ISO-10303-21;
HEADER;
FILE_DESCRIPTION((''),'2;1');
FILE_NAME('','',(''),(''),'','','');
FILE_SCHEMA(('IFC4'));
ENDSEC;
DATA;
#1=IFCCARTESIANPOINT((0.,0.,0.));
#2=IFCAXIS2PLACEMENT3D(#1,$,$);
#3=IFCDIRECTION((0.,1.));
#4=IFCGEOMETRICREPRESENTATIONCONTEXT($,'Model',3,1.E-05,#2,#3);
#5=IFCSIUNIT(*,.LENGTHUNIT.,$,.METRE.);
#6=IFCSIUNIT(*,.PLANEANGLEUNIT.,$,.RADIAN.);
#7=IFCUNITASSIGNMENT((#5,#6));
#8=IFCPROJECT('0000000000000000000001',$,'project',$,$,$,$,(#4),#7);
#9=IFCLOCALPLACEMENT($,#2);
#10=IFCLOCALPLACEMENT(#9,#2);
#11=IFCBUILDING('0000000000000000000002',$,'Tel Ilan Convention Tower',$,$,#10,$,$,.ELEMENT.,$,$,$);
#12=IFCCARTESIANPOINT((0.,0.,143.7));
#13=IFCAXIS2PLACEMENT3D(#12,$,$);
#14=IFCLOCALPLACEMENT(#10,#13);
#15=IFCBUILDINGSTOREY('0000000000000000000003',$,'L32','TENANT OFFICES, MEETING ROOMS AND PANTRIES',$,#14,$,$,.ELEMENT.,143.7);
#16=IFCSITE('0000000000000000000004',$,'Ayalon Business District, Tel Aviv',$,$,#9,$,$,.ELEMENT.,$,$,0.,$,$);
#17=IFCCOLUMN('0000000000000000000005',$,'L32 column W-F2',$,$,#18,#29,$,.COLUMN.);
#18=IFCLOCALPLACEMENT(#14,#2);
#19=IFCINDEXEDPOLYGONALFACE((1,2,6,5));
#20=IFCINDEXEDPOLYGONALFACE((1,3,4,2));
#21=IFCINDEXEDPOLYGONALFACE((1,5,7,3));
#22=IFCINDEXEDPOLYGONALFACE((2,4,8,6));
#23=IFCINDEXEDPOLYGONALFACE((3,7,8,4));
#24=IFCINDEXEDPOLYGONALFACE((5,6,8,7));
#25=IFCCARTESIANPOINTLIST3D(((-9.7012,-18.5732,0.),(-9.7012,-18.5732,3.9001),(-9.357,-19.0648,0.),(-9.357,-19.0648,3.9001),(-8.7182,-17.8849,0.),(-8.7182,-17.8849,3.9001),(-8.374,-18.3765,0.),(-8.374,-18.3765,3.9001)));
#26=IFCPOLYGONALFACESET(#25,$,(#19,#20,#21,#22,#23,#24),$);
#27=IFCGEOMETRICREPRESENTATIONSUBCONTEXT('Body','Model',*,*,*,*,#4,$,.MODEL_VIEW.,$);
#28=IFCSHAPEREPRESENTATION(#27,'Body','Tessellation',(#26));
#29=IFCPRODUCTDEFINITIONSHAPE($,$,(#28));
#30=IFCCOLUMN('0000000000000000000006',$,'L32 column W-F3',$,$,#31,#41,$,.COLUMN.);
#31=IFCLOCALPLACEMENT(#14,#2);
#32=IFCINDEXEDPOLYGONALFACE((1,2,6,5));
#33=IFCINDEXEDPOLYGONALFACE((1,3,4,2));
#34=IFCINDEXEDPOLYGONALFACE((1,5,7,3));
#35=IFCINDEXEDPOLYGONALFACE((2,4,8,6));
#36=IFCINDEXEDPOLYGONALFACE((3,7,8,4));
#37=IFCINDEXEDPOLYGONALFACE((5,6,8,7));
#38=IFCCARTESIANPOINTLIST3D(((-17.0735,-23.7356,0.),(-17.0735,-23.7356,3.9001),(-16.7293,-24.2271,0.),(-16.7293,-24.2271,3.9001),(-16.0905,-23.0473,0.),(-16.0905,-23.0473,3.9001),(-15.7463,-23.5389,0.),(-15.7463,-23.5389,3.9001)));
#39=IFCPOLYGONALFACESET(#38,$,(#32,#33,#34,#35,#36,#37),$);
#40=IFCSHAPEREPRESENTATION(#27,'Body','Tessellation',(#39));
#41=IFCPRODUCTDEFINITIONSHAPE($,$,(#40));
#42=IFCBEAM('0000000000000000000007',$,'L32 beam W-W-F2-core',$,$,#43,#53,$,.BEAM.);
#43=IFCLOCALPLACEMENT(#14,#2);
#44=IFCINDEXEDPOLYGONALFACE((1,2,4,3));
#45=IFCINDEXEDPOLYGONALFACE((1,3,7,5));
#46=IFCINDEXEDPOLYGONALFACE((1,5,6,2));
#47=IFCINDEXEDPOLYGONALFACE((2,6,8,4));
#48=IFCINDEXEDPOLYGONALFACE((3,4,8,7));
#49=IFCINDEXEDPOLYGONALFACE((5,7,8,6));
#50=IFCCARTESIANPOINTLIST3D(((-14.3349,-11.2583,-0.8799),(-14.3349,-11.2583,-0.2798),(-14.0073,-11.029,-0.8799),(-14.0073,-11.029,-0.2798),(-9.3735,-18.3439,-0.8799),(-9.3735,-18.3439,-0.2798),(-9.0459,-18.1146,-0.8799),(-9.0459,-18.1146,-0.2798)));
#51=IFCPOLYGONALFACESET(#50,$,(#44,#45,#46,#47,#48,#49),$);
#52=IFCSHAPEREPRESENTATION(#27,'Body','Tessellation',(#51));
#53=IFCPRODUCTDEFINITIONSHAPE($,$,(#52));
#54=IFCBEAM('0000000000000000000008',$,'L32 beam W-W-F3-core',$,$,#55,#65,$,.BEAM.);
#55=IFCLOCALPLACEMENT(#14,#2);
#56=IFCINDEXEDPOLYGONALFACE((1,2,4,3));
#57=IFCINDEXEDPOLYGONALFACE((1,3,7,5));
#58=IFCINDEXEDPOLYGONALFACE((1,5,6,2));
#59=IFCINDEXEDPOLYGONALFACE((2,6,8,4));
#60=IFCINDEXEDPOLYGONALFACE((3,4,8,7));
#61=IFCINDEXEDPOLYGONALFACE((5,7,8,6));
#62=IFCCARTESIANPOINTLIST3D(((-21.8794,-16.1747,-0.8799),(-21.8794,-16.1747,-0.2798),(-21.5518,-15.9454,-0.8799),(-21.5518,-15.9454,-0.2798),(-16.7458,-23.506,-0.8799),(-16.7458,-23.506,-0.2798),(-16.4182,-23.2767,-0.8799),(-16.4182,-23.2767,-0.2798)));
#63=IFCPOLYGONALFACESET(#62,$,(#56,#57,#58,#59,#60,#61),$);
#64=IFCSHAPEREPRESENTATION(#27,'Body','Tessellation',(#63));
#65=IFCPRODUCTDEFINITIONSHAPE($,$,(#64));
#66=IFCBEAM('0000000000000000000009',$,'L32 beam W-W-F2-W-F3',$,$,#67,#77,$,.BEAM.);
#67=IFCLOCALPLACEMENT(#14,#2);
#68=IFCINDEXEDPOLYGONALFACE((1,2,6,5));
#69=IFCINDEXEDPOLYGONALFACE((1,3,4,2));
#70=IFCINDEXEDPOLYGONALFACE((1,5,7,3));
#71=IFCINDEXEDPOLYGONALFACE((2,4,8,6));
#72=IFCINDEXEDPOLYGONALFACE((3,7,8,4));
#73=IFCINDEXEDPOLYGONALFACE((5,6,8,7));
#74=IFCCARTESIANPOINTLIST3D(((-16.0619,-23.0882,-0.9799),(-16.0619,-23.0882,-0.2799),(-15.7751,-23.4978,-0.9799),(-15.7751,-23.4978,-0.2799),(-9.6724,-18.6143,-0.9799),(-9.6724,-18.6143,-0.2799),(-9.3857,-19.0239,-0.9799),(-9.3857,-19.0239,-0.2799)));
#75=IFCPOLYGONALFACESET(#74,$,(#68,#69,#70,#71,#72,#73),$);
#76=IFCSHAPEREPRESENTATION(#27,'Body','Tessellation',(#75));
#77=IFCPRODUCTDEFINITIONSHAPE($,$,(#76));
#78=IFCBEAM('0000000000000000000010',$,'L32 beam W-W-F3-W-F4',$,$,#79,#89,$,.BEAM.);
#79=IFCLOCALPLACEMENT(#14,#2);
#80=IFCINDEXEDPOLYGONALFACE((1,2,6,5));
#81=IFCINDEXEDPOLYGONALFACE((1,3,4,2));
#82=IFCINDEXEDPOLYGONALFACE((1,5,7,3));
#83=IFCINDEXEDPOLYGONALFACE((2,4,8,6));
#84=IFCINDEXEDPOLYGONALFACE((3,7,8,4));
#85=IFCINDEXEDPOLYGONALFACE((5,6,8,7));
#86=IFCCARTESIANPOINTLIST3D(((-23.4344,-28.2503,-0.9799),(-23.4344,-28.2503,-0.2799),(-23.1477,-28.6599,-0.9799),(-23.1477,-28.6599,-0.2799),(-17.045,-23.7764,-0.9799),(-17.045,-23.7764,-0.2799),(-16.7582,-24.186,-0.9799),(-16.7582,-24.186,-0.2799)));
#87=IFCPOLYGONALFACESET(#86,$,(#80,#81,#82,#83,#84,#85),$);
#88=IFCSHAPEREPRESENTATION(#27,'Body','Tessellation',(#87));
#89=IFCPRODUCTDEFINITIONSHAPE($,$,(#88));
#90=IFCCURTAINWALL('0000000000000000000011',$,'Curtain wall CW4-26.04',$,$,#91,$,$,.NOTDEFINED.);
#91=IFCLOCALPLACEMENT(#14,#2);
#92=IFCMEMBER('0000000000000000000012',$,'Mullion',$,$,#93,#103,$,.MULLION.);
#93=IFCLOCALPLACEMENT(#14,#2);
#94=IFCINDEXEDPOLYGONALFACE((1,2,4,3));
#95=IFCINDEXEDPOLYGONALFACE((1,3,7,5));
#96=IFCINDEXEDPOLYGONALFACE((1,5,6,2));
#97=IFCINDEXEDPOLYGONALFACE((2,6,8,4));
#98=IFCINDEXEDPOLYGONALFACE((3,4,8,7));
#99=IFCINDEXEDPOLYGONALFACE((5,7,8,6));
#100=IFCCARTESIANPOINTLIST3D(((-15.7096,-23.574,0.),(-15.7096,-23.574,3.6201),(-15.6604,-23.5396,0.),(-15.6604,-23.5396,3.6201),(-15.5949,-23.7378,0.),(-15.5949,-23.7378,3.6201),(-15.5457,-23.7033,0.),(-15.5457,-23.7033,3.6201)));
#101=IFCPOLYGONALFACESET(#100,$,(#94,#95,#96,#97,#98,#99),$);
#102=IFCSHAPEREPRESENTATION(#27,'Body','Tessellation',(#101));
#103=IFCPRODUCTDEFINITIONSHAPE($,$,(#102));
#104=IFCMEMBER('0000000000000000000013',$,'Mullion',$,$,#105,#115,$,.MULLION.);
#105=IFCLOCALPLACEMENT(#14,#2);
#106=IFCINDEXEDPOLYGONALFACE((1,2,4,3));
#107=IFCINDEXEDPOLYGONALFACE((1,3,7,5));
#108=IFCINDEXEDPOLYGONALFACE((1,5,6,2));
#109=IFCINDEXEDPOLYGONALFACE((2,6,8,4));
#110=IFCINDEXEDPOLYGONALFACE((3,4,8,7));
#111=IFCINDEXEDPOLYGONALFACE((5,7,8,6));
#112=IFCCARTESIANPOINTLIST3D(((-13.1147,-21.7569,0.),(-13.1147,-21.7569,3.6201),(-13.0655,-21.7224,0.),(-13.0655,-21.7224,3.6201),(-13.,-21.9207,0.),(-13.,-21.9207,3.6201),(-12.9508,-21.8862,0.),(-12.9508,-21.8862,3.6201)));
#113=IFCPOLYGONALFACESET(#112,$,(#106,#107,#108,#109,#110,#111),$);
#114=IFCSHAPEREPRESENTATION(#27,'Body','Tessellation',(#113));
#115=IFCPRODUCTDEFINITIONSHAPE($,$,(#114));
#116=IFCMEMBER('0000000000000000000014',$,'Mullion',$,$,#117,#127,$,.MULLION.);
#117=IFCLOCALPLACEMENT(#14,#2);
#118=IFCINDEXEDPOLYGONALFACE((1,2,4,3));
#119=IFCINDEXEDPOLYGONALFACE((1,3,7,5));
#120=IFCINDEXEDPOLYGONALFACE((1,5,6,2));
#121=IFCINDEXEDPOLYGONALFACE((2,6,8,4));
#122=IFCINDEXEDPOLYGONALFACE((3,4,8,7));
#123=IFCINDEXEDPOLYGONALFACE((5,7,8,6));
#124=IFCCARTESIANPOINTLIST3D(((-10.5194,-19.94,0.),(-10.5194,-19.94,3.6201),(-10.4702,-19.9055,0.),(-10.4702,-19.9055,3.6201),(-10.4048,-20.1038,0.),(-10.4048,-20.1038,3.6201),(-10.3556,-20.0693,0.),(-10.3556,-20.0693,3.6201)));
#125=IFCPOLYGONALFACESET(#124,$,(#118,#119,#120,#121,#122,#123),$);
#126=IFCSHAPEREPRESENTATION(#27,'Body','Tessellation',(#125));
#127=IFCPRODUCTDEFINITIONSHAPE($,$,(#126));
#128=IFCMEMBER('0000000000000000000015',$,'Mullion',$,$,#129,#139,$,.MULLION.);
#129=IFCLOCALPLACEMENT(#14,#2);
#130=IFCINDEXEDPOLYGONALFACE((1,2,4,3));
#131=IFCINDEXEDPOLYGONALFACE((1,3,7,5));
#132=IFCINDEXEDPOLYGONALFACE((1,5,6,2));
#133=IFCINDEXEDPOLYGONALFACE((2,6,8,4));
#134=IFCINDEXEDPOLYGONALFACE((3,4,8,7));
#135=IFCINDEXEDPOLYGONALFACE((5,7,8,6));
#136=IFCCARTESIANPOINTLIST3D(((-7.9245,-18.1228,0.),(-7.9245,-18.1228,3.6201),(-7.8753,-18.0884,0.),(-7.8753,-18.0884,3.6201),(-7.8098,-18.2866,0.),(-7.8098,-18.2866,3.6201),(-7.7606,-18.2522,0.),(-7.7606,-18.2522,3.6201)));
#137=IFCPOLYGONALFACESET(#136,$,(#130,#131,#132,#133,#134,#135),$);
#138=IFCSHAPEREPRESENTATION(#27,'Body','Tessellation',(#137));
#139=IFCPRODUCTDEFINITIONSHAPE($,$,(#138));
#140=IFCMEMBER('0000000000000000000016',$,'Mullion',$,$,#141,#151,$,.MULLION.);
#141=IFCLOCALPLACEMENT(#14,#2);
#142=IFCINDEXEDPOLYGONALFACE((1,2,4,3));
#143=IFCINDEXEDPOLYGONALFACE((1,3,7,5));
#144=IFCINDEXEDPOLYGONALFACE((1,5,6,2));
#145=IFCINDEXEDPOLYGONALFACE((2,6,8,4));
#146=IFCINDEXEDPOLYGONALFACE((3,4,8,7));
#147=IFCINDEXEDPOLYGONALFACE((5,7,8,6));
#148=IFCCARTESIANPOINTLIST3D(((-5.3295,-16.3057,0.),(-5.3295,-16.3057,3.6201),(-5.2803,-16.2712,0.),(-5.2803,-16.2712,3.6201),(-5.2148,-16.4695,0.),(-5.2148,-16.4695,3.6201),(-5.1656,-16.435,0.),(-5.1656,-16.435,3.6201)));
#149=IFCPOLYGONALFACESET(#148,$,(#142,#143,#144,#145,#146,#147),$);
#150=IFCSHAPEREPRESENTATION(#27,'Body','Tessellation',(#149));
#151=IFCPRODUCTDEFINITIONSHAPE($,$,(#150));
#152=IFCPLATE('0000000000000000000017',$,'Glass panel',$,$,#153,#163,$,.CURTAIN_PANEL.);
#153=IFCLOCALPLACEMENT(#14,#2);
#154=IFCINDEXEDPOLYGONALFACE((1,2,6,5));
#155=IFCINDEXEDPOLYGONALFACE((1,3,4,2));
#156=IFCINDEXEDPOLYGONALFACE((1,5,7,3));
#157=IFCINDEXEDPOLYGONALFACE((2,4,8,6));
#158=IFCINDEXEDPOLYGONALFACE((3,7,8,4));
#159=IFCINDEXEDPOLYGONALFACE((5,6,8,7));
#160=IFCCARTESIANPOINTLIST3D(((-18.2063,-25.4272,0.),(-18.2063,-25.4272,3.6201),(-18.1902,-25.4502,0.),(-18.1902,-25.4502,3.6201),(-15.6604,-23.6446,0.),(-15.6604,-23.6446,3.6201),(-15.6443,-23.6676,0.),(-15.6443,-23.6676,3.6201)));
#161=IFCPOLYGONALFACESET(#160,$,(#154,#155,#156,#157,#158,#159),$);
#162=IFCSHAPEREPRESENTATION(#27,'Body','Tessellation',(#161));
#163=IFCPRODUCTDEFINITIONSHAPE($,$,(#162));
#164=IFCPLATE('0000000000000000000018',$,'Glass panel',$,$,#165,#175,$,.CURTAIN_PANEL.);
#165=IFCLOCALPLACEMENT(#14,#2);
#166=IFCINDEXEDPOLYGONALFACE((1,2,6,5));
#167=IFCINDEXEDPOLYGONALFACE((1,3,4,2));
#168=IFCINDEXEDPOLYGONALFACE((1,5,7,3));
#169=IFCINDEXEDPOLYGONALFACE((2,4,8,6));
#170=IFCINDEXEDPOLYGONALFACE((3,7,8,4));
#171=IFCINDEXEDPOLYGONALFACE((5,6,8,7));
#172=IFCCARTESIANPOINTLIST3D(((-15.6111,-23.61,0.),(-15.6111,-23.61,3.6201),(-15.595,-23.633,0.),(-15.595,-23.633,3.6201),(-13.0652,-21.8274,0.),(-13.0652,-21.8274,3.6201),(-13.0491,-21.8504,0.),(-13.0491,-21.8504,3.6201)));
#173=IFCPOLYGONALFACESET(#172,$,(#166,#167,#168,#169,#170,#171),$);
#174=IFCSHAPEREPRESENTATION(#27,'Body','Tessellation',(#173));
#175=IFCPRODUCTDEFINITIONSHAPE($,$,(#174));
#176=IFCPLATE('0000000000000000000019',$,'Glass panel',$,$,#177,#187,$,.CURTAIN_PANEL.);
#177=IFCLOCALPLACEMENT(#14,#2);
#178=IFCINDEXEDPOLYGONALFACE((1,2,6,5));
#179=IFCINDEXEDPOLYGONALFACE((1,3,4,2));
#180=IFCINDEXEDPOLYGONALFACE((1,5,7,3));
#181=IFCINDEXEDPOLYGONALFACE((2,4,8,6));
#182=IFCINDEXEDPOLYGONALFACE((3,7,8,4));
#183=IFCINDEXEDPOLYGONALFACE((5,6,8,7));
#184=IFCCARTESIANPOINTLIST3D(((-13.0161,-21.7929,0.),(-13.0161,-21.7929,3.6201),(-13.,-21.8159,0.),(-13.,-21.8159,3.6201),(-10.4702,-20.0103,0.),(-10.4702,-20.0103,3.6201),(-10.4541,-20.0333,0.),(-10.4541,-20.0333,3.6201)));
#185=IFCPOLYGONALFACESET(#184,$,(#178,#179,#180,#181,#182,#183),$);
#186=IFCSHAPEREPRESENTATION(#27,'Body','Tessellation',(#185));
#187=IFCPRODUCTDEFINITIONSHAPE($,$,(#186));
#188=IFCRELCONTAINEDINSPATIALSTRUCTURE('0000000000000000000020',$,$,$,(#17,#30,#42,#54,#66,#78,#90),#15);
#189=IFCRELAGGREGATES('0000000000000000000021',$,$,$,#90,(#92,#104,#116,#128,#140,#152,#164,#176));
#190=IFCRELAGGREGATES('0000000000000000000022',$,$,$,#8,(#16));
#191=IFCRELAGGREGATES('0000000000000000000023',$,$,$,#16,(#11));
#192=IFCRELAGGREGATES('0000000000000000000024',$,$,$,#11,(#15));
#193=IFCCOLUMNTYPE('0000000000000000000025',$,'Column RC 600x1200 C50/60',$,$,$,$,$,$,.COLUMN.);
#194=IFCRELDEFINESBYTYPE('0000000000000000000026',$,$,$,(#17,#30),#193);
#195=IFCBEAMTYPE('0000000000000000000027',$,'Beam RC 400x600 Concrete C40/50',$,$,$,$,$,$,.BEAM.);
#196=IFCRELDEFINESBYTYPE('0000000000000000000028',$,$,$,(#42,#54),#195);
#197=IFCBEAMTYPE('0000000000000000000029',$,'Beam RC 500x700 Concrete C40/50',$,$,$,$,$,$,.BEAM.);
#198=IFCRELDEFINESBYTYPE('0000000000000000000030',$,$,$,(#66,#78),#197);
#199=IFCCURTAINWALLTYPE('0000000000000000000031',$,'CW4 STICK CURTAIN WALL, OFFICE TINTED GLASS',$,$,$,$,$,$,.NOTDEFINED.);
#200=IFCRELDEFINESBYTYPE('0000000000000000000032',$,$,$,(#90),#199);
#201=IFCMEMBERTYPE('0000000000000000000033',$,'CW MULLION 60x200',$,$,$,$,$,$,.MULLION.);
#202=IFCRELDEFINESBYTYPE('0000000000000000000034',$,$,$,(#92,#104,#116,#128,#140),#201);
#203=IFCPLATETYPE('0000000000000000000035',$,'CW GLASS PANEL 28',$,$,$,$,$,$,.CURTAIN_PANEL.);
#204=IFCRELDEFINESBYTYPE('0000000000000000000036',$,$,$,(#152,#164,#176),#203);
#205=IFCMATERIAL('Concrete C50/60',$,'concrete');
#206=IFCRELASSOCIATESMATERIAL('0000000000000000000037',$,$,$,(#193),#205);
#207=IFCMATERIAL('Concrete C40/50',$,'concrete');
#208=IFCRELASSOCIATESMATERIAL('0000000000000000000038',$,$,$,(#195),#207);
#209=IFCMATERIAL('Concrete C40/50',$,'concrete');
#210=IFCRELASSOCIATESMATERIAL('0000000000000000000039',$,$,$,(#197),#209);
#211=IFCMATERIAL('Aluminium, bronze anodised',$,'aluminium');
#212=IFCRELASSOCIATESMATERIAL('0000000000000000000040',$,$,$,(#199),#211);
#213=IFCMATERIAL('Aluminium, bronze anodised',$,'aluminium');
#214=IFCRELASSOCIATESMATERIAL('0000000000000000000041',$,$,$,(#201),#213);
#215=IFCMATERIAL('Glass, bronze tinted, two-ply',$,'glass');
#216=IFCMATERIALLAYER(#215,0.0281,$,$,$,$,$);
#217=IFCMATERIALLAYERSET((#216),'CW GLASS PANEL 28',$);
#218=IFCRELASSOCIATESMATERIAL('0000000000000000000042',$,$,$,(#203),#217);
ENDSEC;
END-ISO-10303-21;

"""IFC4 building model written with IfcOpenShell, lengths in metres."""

from ifc_helpers import new_model, si_unit, direction, frame, origin, origin_2d, place, context, subcontext, project, spatial, rectangle, extrude, material, layer, layer_set, material_profile, profile_set, type_object, element, aggregate, save


model = new_model("IFC4")

# Units and contexts
model_context = context("Model", 3, precision=1e-05, world=origin(), true_north=direction((0.0, 1.0)))
body_context = subcontext(model_context, "Body", "Model", "MODEL_VIEW")
ifc_project = project(units=[si_unit("LENGTHUNIT", "METRE"), si_unit("PLANEANGLEUNIT", "RADIAN")], contexts=[model_context])

# Site, building, storey
site_placement = place(None, origin())
site = spatial("IfcSite", under=ifc_project, at=site_placement, Name="Ayalon Business District, Tel Aviv", CompositionType="ELEMENT", RefElevation=0.0)
building_placement = place(site_placement, origin())
building = spatial("IfcBuilding", under=site, at=building_placement, Name="Tel Ilan Convention Tower", CompositionType="ELEMENT")
storey_placement = place(building_placement, frame((0.0, 0.0, 143.7)))
storey = spatial("IfcBuildingStorey", under=building, at=storey_placement, Name="L32", Description="TENANT OFFICES, MEETING ROOMS AND PANTRIES", CompositionType="ELEMENT", Elevation=143.7)

# Columns
ifc_material_1 = material(Name="Concrete C50/60", Category="concrete")
ifc_material_profile_1 = material_profile(ifc_material_1, rectangle(XDim=1.2, YDim=0.6001, at=origin_2d()), Name="RC 600x1200")
ifc_profile_set_1 = profile_set([ifc_material_profile_1], Name="Concrete C50/60")
column_type = type_object("IfcColumnType", Name="Column RC 600x1200 C50/60", PredefinedType="COLUMN", material=ifc_profile_set_1)
for number, where, z_axis, x_axis, name in (
    (1, (-9.0376, -18.4749, 0.0), (0.0, 0.0, 1.0), (-0.819152, -0.573576, 0.0), "L32 column W-F2"),
    (2, (-16.4099, -23.6372, 0.0), (0.0, 0.0, 1.0), (-0.819152, -0.573576, 0.0), "L32 column W-F3"),
):
    element("IfcColumn", number, at=place(storey_placement, frame(where, z_axis=z_axis, x_axis=x_axis)), inside=storey, type_object=column_type, Name=name, PredefinedType="COLUMN", context=body_context, shape_type="SweptSolid", body=[
        extrude(rectangle(XDim=1.2, YDim=0.6001, at=origin_2d()), origin(), (0.0, 0.0, 1.0), 3.9001),
    ])

# Beams
ifc_material_2 = material(Name="Concrete C40/50", Category="concrete")
ifc_material_profile_2 = material_profile(ifc_material_2, rectangle(XDim=0.3999, YDim=0.6001, at=origin_2d()), Name="RC 400x600")
ifc_profile_set_2 = profile_set([ifc_material_profile_2], Name="Concrete C40/50")
beam_type_1 = type_object("IfcBeamType", Name="Beam RC 400x600 Concrete C40/50", PredefinedType="BEAM", material=ifc_profile_set_2)
beam_1_placement = place(storey_placement, frame((-9.2097, -18.2292, -0.5798), z_axis=(-0.573574, 0.819154, 0.0), x_axis=(-0.819154, -0.573574, 0.0)))
element("IfcBeam", 3, at=beam_1_placement, inside=storey, type_object=beam_type_1, Name="L32 beam W-W-F2-core", PredefinedType="BEAM", context=body_context, shape_type="SweptSolid", body=[
    extrude(rectangle(XDim=0.3999, YDim=0.6001, at=origin_2d()), origin(), (0.0, 0.0, 1.0), 8.6499),
])
beam_2_placement = place(storey_placement, frame((-16.582, -23.3914, -0.5798), z_axis=(-0.573585, 0.819146, 0.0), x_axis=(-0.819146, -0.573585, 0.0)))
element("IfcBeam", 4, at=beam_2_placement, inside=storey, type_object=beam_type_1, Name="L32 beam W-W-F3-core", PredefinedType="BEAM", context=body_context, shape_type="SweptSolid", body=[
    extrude(rectangle(XDim=0.3999, YDim=0.6001, at=origin_2d()), origin(), (0.0, 0.0, 1.0), 8.95),
])
ifc_material_3 = material(Name="Concrete C40/50", Category="concrete")
ifc_material_profile_3 = material_profile(ifc_material_3, rectangle(XDim=0.5, YDim=0.7, at=origin_2d()), Name="RC 500x700")
ifc_profile_set_3 = profile_set([ifc_material_profile_3], Name="Concrete C40/50")
beam_type_2 = type_object("IfcBeamType", Name="Beam RC 500x700 Concrete C40/50", PredefinedType="BEAM", material=ifc_profile_set_3)
for number, where, z_axis, x_axis, name in (
    (5, (-9.5291, -18.8191, -0.6299), (-0.819154, -0.573574, 0.0), (0.573574, -0.819154, 0.0), "L32 beam W-W-F2-W-F3"),
    (6, (-16.9016, -23.9812, -0.6299), (-0.819154, -0.573574, 0.0), (0.573574, -0.819154, 0.0), "L32 beam W-W-F3-W-F4"),
):
    element("IfcBeam", number, at=place(storey_placement, frame(where, z_axis=z_axis, x_axis=x_axis)), inside=storey, type_object=beam_type_2, Name=name, PredefinedType="BEAM", context=body_context, shape_type="SweptSolid", body=[
        extrude(rectangle(XDim=0.5, YDim=0.7, at=origin_2d()), origin(), (0.0, 0.0, 1.0), 7.8),
    ])

# Curtain wall, members, plates
ifc_material_4 = material(Name="Aluminium, bronze anodised", Category="aluminium")
curtain_wall_type = type_object("IfcCurtainWallType", Name="CW4 STICK CURTAIN WALL, OFFICE TINTED GLASS", PredefinedType="NOTDEFINED", material=ifc_material_4)
curtain_wall_placement = place(storey_placement, origin())
curtain_wall = element("IfcCurtainWall", 7, at=curtain_wall_placement, inside=storey, type_object=curtain_wall_type, Name="Curtain wall CW4-26.04", PredefinedType="NOTDEFINED")
ifc_material_5 = material(Name="Aluminium, bronze anodised", Category="aluminium")
ifc_material_profile_4 = material_profile(ifc_material_5, rectangle(XDim=0.0601, YDim=0.2, at=origin_2d()), Name="CW MULLION 60x200")
ifc_profile_set_4 = profile_set([ifc_material_profile_4], Name="Aluminium, bronze anodised")
member_type = type_object("IfcMemberType", Name="CW MULLION 60x200", PredefinedType="MULLION", material=ifc_profile_set_4)
member_1_placement = place(storey_placement, frame((-15.6277, -23.6387, 0.0), z_axis=(0.0, 0.0, 1.0), x_axis=(0.819152, 0.573576, 0.0)))
member_1 = element("IfcMember", 8, at=member_1_placement, type_object=member_type, Name="Mullion", PredefinedType="MULLION", context=body_context, shape_type="SweptSolid", body=[
    extrude(rectangle(XDim=0.0601, YDim=0.2, at=origin_2d()), origin(), (0.0, 0.0, 1.0), 3.6201),
])
member_2_placement = place(storey_placement, frame((-13.0327, -21.8215, 0.0), z_axis=(0.0, 0.0, 1.0), x_axis=(0.819152, 0.573576, 0.0)))
member_2 = element("IfcMember", 9, at=member_2_placement, type_object=member_type, Name="Mullion", PredefinedType="MULLION", context=body_context, shape_type="SweptSolid", body=[
    extrude(rectangle(XDim=0.0601, YDim=0.2, at=origin_2d()), origin(), (0.0, 0.0, 1.0), 3.6201),
])
member_3_placement = place(storey_placement, frame((-10.4375, -20.0046, 0.0), z_axis=(0.0, 0.0, 1.0), x_axis=(0.819152, 0.573576, 0.0)))
member_3 = element("IfcMember", 10, at=member_3_placement, type_object=member_type, Name="Mullion", PredefinedType="MULLION", context=body_context, shape_type="SweptSolid", body=[
    extrude(rectangle(XDim=0.0601, YDim=0.2, at=origin_2d()), origin(), (0.0, 0.0, 1.0), 3.6201),
])
member_4_placement = place(storey_placement, frame((-7.8425, -18.1875, 0.0), z_axis=(0.0, 0.0, 1.0), x_axis=(0.819152, 0.573576, 0.0)))
member_4 = element("IfcMember", 11, at=member_4_placement, type_object=member_type, Name="Mullion", PredefinedType="MULLION", context=body_context, shape_type="SweptSolid", body=[
    extrude(rectangle(XDim=0.0601, YDim=0.2, at=origin_2d()), origin(), (0.0, 0.0, 1.0), 3.6201),
])
member_5_placement = place(storey_placement, frame((-5.2476, -16.3704, 0.0), z_axis=(0.0, 0.0, 1.0), x_axis=(0.819152, 0.573576, 0.0)))
member_5 = element("IfcMember", 12, at=member_5_placement, type_object=member_type, Name="Mullion", PredefinedType="MULLION", context=body_context, shape_type="SweptSolid", body=[
    extrude(rectangle(XDim=0.0601, YDim=0.2, at=origin_2d()), origin(), (0.0, 0.0, 1.0), 3.6201),
])
ifc_material_6 = material(Name="Glass, bronze tinted, two-ply", Category="glass")
ifc_layer_1 = layer(ifc_material_6, 0.0281)
ifc_layer_set_1 = layer_set([ifc_layer_1], Name="CW GLASS PANEL 28")
plate_type = type_object("IfcPlateType", Name="CW GLASS PANEL 28", PredefinedType="CURTAIN_PANEL", material=ifc_layer_set_1)
plate_1_placement = place(storey_placement, frame((-16.9253, -24.5474, 0.0), z_axis=(0.0, 0.0, 1.0), x_axis=(0.819152, 0.573576, 0.0)))
plate_1 = element("IfcPlate", 13, at=plate_1_placement, type_object=plate_type, Name="Glass panel", PredefinedType="CURTAIN_PANEL", context=body_context, shape_type="SweptSolid", body=[
    extrude(rectangle(XDim=3.1079, YDim=0.0281, at=origin_2d()), origin(), (0.0, 0.0, 1.0), 3.6201),
])
plate_2_placement = place(storey_placement, frame((-14.3301, -22.7302, 0.0), z_axis=(0.0, 0.0, 1.0), x_axis=(0.819152, 0.573576, 0.0)))
plate_2 = element("IfcPlate", 14, at=plate_2_placement, type_object=plate_type, Name="Glass panel", PredefinedType="CURTAIN_PANEL", context=body_context, shape_type="SweptSolid", body=[
    extrude(rectangle(XDim=3.1079, YDim=0.0281, at=origin_2d()), origin(), (0.0, 0.0, 1.0), 3.6201),
])
plate_3_placement = place(storey_placement, frame((-11.7351, -20.9131, 0.0), z_axis=(0.0, 0.0, 1.0), x_axis=(0.819152, 0.573576, 0.0)))
plate_3 = element("IfcPlate", 15, at=plate_3_placement, type_object=plate_type, Name="Glass panel", PredefinedType="CURTAIN_PANEL", context=body_context, shape_type="SweptSolid", body=[
    extrude(rectangle(XDim=3.1079, YDim=0.0281, at=origin_2d()), origin(), (0.0, 0.0, 1.0), 3.6201),
])
aggregate(curtain_wall, [member_1, member_2, member_3, member_4, member_5, plate_1, plate_2, plate_3])

save(model, "model.ifc")
